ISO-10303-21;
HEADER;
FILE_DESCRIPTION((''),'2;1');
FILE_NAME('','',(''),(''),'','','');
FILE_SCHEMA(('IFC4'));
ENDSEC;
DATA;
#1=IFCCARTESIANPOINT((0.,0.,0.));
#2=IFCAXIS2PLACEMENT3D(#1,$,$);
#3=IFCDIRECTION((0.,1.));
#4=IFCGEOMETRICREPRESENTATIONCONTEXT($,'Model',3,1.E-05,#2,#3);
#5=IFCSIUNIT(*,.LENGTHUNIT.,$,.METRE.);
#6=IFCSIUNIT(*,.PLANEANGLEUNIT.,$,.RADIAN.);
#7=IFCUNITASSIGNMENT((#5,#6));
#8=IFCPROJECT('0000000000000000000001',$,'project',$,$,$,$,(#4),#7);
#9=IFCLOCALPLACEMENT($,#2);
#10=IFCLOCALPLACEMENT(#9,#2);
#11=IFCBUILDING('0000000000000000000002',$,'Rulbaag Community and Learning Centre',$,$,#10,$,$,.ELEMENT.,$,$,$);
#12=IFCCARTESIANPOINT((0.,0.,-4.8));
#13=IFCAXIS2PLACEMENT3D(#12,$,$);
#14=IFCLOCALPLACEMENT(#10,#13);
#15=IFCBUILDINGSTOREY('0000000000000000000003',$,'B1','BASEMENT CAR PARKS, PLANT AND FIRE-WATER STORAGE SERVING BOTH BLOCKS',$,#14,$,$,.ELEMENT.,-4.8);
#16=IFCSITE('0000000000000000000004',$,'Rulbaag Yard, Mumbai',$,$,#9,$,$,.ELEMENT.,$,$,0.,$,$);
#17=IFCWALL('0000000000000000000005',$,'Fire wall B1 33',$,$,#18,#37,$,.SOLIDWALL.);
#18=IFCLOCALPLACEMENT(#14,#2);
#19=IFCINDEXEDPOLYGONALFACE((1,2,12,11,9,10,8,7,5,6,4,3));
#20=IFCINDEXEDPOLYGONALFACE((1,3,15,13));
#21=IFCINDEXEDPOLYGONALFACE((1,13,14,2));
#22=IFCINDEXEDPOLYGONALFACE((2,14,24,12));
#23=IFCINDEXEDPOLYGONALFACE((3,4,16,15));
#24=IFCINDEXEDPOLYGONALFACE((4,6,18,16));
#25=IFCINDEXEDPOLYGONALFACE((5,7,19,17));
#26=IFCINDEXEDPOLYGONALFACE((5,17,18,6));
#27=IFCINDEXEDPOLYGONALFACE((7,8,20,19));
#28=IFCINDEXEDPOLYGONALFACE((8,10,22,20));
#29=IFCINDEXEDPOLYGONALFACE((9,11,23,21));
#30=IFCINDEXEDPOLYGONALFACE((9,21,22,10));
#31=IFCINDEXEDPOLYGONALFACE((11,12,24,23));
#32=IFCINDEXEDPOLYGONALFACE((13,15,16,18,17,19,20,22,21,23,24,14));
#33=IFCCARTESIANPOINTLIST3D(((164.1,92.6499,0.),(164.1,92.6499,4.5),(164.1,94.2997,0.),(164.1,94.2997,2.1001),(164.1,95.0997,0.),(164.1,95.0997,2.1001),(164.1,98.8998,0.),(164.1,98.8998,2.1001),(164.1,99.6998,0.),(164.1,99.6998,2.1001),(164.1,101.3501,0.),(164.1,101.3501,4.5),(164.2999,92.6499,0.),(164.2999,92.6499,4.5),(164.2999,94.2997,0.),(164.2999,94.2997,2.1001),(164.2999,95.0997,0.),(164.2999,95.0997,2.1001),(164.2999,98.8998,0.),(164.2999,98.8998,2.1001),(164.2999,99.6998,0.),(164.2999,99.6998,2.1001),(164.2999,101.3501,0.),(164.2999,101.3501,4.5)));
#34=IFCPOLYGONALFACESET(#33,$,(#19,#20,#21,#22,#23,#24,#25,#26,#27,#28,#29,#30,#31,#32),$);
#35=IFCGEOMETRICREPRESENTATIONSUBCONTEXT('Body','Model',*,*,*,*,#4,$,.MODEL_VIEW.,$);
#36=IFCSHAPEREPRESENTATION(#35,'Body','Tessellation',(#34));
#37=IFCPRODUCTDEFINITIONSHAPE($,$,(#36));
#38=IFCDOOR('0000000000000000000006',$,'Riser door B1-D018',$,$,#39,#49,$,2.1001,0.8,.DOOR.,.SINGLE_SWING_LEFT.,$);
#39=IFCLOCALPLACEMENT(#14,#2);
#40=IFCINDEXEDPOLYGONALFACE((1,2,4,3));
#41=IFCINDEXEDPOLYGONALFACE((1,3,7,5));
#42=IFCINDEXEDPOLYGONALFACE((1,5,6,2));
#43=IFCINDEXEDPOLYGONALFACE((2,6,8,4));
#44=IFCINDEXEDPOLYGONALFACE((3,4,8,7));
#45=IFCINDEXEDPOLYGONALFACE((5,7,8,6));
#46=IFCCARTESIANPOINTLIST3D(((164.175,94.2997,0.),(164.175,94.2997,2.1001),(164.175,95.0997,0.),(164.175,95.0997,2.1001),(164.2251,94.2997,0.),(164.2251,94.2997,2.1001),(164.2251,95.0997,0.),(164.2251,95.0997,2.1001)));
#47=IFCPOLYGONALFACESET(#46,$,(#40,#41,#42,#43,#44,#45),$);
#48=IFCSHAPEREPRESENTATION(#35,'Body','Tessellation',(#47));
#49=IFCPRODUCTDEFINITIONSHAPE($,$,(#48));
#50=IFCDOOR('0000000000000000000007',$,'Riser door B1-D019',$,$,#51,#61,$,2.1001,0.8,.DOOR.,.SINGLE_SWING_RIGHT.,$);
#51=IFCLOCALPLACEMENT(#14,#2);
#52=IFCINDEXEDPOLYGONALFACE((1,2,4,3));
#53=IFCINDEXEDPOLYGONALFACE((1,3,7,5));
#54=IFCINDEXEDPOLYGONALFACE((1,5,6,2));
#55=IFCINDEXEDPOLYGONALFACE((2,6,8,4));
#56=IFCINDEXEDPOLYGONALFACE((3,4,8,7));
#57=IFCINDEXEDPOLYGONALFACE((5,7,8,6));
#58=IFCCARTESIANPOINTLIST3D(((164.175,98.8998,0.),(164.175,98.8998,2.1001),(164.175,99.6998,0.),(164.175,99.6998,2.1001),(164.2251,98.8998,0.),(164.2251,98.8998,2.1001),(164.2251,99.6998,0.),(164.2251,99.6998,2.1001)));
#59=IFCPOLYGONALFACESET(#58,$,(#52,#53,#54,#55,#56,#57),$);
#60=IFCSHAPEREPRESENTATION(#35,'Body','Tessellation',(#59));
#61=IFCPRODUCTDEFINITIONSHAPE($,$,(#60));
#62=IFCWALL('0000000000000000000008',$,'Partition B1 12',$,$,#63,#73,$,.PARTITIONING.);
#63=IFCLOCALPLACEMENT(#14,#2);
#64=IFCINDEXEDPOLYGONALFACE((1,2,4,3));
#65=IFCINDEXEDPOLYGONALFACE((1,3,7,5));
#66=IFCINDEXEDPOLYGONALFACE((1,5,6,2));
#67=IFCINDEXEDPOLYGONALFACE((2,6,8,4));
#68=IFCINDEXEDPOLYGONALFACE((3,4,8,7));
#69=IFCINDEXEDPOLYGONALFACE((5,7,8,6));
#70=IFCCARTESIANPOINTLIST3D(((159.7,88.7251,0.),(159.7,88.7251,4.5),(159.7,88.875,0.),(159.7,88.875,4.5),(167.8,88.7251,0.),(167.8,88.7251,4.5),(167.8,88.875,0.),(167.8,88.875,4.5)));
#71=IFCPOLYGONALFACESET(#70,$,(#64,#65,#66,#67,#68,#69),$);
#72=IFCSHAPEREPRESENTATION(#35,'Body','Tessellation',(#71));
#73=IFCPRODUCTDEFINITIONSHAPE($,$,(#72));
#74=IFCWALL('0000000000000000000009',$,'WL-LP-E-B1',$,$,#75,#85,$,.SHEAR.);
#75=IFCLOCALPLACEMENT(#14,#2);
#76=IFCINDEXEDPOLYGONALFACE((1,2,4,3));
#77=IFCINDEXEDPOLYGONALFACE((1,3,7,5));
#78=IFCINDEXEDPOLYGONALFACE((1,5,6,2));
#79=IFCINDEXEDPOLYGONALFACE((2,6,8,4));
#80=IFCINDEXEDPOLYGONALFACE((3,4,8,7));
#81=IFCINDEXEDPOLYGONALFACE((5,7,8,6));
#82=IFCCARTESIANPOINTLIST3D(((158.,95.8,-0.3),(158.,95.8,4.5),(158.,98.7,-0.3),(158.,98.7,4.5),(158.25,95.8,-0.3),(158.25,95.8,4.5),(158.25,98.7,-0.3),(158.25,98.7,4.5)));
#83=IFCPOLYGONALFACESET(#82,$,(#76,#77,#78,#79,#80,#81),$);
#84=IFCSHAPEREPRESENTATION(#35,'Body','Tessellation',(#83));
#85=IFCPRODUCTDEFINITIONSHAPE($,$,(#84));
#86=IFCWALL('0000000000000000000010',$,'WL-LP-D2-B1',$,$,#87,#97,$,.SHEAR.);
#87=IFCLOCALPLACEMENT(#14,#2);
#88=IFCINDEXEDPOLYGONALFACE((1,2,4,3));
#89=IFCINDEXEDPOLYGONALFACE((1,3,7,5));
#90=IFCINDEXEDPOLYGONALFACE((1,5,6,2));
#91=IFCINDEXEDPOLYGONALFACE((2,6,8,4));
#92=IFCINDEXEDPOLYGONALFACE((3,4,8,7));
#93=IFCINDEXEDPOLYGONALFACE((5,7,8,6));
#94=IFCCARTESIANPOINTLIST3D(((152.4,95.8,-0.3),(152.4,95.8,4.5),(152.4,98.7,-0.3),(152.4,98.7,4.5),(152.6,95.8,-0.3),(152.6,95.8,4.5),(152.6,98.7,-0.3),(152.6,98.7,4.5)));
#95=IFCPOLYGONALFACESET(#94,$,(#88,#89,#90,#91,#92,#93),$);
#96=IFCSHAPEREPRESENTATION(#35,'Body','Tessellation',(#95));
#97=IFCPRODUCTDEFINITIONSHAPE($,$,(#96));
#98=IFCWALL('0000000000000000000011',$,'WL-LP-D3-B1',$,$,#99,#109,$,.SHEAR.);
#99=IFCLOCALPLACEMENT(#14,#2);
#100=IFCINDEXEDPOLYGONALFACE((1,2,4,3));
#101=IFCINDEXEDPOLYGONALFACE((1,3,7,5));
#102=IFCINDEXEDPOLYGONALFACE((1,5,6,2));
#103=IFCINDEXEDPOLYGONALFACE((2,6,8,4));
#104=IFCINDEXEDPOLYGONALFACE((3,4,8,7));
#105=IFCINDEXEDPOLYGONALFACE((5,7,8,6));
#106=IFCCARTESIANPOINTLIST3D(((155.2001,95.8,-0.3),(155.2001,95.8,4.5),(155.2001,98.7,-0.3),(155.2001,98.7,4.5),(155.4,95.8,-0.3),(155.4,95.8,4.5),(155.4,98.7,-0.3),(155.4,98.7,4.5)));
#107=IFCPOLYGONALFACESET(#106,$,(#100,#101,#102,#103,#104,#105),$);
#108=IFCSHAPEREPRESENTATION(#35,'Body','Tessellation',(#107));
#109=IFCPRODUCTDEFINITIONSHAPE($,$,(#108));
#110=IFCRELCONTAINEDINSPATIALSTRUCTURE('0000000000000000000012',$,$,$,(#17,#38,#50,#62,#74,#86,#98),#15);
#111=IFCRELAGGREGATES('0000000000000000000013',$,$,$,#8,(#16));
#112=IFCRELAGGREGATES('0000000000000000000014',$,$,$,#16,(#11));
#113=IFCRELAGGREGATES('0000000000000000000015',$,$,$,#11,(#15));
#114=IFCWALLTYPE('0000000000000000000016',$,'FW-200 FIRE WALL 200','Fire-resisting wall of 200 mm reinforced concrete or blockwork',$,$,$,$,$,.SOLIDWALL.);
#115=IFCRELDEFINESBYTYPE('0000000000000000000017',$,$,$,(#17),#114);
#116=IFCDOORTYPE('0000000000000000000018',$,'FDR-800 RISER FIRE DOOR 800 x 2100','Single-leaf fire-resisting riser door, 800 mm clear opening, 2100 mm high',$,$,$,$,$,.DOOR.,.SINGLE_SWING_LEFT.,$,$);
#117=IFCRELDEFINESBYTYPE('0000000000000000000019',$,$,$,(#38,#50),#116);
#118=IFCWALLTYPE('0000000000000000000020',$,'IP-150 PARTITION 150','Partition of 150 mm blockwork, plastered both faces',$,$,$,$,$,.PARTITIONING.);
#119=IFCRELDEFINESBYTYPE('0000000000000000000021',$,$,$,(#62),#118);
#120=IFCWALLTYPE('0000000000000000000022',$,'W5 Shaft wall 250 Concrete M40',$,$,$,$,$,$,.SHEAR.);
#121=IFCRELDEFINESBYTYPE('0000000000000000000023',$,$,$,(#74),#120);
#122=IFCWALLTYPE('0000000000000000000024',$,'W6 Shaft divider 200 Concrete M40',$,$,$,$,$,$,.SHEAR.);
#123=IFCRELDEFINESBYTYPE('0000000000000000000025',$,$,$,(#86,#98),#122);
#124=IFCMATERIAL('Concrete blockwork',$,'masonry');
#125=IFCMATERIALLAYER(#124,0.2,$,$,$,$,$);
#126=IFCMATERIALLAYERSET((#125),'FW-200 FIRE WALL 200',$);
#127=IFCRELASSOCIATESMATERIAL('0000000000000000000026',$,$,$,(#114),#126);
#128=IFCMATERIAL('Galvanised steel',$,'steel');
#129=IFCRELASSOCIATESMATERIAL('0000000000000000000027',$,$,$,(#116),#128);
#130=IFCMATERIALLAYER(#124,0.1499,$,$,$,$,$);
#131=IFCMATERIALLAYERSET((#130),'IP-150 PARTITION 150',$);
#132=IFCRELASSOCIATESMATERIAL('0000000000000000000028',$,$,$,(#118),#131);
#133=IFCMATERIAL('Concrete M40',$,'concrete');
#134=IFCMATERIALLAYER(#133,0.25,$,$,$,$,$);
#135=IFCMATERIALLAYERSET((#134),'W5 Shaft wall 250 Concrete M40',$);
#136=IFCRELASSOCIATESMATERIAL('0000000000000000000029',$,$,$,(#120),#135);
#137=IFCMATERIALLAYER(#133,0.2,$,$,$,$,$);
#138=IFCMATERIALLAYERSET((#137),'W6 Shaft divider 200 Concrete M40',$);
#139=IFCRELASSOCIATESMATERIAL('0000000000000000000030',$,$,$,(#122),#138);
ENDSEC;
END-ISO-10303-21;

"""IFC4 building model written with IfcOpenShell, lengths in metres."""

from ifc_helpers import new_model, si_unit, direction, frame, frame_2d, origin, place, context, subcontext, project, spatial, rectangle, extrude, material, layer, layer_set, type_object, element, fill, save


model = new_model("IFC4")

# Units and contexts
model_context = context("Model", 3, precision=1e-05, world=origin(), true_north=direction((0.0, 1.0)))
body_context = subcontext(model_context, "Body", "Model", "MODEL_VIEW")
ifc_project = project(units=[si_unit("LENGTHUNIT", "METRE"), si_unit("PLANEANGLEUNIT", "RADIAN")], contexts=[model_context])

# Site, building, storey
site_placement = place(None, origin())
site = spatial("IfcSite", under=ifc_project, at=site_placement, Name="Rulbaag Yard, Mumbai", CompositionType="ELEMENT", RefElevation=0.0)
building_placement = place(site_placement, origin())
building = spatial("IfcBuilding", under=site, at=building_placement, Name="Rulbaag Community and Learning Centre", CompositionType="ELEMENT")
storey_placement = place(building_placement, frame((0.0, 0.0, -4.8)))
storey = spatial("IfcBuildingStorey", under=building, at=storey_placement, Name="B1", Description="BASEMENT CAR PARKS, PLANT AND FIRE-WATER STORAGE SERVING BOTH BLOCKS", CompositionType="ELEMENT", Elevation=-4.8)

# Shared definitions
ifc_material_1 = material(Name="Concrete M40", Category="concrete")

# Shared definitions
ifc_material_2 = material(Name="Concrete blockwork", Category="masonry")
ifc_layer_1 = layer(ifc_material_2, 0.2)
ifc_layer_set_1 = layer_set([ifc_layer_1], Name="FW-200 FIRE WALL 200")
wall_type_1 = type_object("IfcWallType", Name="FW-200 FIRE WALL 200", Description="Fire-resisting wall of 200 mm reinforced concrete or blockwork", PredefinedType="SOLIDWALL", material=ifc_layer_set_1)

# Wall, openings, doors
ifc_material_3 = material(Name="Galvanised steel", Category="steel")
door_type_1 = type_object("IfcDoorType", Name="FDR-800 RISER FIRE DOOR 800 x 2100", Description="Single-leaf fire-resisting riser door, 800 mm clear opening, 2100 mm high", OperationType="SINGLE_SWING_LEFT", PredefinedType="DOOR", material=ifc_material_3)
wall_1_placement = place(storey_placement, frame((164.2, 92.6499, 0.0), z_axis=(0.0, 0.0, 1.0), x_axis=(0.0, 1.0, 0.0)))
wall_1 = element("IfcWall", 1, at=wall_1_placement, inside=storey, type_object=wall_type_1, Name="Fire wall B1 33", PredefinedType="SOLIDWALL", context=body_context, shape_type="SweptSolid", body=[
    extrude(rectangle(XDim=8.7002, YDim=0.2, at=frame_2d((4.3501, 0.0))), origin(), (0.0, 0.0, 1.0), 4.5),
])
opening_1_placement = place(wall_1_placement, frame((1.6499, 0.0, 0.0)))
opening_1 = element("IfcOpeningElement", 2, at=opening_1_placement, cuts=wall_1, PredefinedType="OPENING", context=body_context, shape_type="SweptSolid", body=[
    extrude(rectangle(XDim=0.8, YDim=2.1001, at=frame_2d((0.3999, 1.05))), frame((0.0, 0.1099, 0.0), z_axis=(0.0, -1.0, 0.0), x_axis=(1.0, 0.0, 0.0)), (0.0, 0.0, 1.0), 0.22),
])
opening_2_placement = place(wall_1_placement, frame((6.25, 0.0, 0.0)))
opening_2 = element("IfcOpeningElement", 3, at=opening_2_placement, cuts=wall_1, PredefinedType="OPENING", context=body_context, shape_type="SweptSolid", body=[
    extrude(rectangle(XDim=0.8, YDim=2.1001, at=frame_2d((0.3999, 1.05))), frame((0.0, 0.1099, 0.0), z_axis=(0.0, -1.0, 0.0), x_axis=(1.0, 0.0, 0.0)), (0.0, 0.0, 1.0), 0.22),
])
door_1_placement = place(opening_1_placement, origin())
door_1 = element("IfcDoor", 4, at=door_1_placement, inside=storey, type_object=door_type_1, Name="Riser door B1-D018", OperationType="SINGLE_SWING_LEFT", OverallHeight=2.1001, OverallWidth=0.8, PredefinedType="DOOR", context=body_context, shape_type="SweptSolid", body=[
    extrude(rectangle(XDim=0.8, YDim=2.1001, at=frame_2d((0.3999, 1.05))), frame((0.0, 0.0249, 0.0), z_axis=(0.0, -1.0, 0.0), x_axis=(1.0, 0.0, 0.0)), (0.0, 0.0, 1.0), 0.05),
])
fill(opening_1, door_1)
door_2_placement = place(opening_2_placement, origin())
door_2 = element("IfcDoor", 5, at=door_2_placement, inside=storey, type_object=door_type_1, Name="Riser door B1-D019", OperationType="SINGLE_SWING_RIGHT", OverallHeight=2.1001, OverallWidth=0.8, PredefinedType="DOOR", context=body_context, shape_type="SweptSolid", body=[
    extrude(rectangle(XDim=0.8, YDim=2.1001, at=frame_2d((0.3999, 1.05))), frame((0.0, 0.0249, 0.0), z_axis=(0.0, -1.0, 0.0), x_axis=(1.0, 0.0, 0.0)), (0.0, 0.0, 1.0), 0.05),
])
fill(opening_2, door_2)

# Walls
ifc_layer_2 = layer(ifc_material_2, 0.1499)
ifc_layer_set_2 = layer_set([ifc_layer_2], Name="IP-150 PARTITION 150")
wall_type_2 = type_object("IfcWallType", Name="IP-150 PARTITION 150", Description="Partition of 150 mm blockwork, plastered both faces", PredefinedType="PARTITIONING", material=ifc_layer_set_2)
wall_2_placement = place(storey_placement, frame((159.7, 88.8, 0.0), z_axis=(0.0, 0.0, 1.0), x_axis=(1.0, 0.0, 0.0)))
element("IfcWall", 6, at=wall_2_placement, inside=storey, type_object=wall_type_2, Name="Partition B1 12", PredefinedType="PARTITIONING", context=body_context, shape_type="SweptSolid", body=[
    extrude(rectangle(XDim=8.1001, YDim=0.1499, at=frame_2d((4.05, 0.0))), origin(), (0.0, 0.0, 1.0), 4.5),
])
ifc_layer_3 = layer(ifc_material_1, 0.25)
ifc_layer_set_3 = layer_set([ifc_layer_3], Name="W5 Shaft wall 250 Concrete M40")
wall_type_3 = type_object("IfcWallType", Name="W5 Shaft wall 250 Concrete M40", PredefinedType="SHEAR", material=ifc_layer_set_3)
wall_3_placement = place(storey_placement, frame((158.125, 95.8, -0.3), z_axis=(0.0, 0.0, 1.0), x_axis=(0.0, 1.0, 0.0)))
element("IfcWall", 7, at=wall_3_placement, inside=storey, type_object=wall_type_3, Name="WL-LP-E-B1", PredefinedType="SHEAR", context=body_context, shape_type="SweptSolid", body=[
    extrude(rectangle(XDim=2.8999, YDim=0.25, at=frame_2d((1.45, 0.0))), origin(), (0.0, 0.0, 1.0), 4.8),
])
ifc_layer_4 = layer(ifc_material_1, 0.2)
ifc_layer_set_4 = layer_set([ifc_layer_4], Name="W6 Shaft divider 200 Concrete M40")
wall_type_4 = type_object("IfcWallType", Name="W6 Shaft divider 200 Concrete M40", PredefinedType="SHEAR", material=ifc_layer_set_4)
for number, where, z_axis, x_axis, name in (
    (8, (152.5, 95.8, -0.3), (0.0, 0.0, 1.0), (0.0, 1.0, 0.0), "WL-LP-D2-B1"),
    (9, (155.3, 95.8, -0.3), (0.0, 0.0, 1.0), (0.0, 1.0, 0.0), "WL-LP-D3-B1"),
):
    element("IfcWall", number, at=place(storey_placement, frame(where, z_axis=z_axis, x_axis=x_axis)), inside=storey, type_object=wall_type_4, Name=name, PredefinedType="SHEAR", context=body_context, shape_type="SweptSolid", body=[
        extrude(rectangle(XDim=2.8999, YDim=0.2, at=frame_2d((1.45, 0.0))), origin(), (0.0, 0.0, 1.0), 4.8),
    ])

save(model, "model.ifc")
